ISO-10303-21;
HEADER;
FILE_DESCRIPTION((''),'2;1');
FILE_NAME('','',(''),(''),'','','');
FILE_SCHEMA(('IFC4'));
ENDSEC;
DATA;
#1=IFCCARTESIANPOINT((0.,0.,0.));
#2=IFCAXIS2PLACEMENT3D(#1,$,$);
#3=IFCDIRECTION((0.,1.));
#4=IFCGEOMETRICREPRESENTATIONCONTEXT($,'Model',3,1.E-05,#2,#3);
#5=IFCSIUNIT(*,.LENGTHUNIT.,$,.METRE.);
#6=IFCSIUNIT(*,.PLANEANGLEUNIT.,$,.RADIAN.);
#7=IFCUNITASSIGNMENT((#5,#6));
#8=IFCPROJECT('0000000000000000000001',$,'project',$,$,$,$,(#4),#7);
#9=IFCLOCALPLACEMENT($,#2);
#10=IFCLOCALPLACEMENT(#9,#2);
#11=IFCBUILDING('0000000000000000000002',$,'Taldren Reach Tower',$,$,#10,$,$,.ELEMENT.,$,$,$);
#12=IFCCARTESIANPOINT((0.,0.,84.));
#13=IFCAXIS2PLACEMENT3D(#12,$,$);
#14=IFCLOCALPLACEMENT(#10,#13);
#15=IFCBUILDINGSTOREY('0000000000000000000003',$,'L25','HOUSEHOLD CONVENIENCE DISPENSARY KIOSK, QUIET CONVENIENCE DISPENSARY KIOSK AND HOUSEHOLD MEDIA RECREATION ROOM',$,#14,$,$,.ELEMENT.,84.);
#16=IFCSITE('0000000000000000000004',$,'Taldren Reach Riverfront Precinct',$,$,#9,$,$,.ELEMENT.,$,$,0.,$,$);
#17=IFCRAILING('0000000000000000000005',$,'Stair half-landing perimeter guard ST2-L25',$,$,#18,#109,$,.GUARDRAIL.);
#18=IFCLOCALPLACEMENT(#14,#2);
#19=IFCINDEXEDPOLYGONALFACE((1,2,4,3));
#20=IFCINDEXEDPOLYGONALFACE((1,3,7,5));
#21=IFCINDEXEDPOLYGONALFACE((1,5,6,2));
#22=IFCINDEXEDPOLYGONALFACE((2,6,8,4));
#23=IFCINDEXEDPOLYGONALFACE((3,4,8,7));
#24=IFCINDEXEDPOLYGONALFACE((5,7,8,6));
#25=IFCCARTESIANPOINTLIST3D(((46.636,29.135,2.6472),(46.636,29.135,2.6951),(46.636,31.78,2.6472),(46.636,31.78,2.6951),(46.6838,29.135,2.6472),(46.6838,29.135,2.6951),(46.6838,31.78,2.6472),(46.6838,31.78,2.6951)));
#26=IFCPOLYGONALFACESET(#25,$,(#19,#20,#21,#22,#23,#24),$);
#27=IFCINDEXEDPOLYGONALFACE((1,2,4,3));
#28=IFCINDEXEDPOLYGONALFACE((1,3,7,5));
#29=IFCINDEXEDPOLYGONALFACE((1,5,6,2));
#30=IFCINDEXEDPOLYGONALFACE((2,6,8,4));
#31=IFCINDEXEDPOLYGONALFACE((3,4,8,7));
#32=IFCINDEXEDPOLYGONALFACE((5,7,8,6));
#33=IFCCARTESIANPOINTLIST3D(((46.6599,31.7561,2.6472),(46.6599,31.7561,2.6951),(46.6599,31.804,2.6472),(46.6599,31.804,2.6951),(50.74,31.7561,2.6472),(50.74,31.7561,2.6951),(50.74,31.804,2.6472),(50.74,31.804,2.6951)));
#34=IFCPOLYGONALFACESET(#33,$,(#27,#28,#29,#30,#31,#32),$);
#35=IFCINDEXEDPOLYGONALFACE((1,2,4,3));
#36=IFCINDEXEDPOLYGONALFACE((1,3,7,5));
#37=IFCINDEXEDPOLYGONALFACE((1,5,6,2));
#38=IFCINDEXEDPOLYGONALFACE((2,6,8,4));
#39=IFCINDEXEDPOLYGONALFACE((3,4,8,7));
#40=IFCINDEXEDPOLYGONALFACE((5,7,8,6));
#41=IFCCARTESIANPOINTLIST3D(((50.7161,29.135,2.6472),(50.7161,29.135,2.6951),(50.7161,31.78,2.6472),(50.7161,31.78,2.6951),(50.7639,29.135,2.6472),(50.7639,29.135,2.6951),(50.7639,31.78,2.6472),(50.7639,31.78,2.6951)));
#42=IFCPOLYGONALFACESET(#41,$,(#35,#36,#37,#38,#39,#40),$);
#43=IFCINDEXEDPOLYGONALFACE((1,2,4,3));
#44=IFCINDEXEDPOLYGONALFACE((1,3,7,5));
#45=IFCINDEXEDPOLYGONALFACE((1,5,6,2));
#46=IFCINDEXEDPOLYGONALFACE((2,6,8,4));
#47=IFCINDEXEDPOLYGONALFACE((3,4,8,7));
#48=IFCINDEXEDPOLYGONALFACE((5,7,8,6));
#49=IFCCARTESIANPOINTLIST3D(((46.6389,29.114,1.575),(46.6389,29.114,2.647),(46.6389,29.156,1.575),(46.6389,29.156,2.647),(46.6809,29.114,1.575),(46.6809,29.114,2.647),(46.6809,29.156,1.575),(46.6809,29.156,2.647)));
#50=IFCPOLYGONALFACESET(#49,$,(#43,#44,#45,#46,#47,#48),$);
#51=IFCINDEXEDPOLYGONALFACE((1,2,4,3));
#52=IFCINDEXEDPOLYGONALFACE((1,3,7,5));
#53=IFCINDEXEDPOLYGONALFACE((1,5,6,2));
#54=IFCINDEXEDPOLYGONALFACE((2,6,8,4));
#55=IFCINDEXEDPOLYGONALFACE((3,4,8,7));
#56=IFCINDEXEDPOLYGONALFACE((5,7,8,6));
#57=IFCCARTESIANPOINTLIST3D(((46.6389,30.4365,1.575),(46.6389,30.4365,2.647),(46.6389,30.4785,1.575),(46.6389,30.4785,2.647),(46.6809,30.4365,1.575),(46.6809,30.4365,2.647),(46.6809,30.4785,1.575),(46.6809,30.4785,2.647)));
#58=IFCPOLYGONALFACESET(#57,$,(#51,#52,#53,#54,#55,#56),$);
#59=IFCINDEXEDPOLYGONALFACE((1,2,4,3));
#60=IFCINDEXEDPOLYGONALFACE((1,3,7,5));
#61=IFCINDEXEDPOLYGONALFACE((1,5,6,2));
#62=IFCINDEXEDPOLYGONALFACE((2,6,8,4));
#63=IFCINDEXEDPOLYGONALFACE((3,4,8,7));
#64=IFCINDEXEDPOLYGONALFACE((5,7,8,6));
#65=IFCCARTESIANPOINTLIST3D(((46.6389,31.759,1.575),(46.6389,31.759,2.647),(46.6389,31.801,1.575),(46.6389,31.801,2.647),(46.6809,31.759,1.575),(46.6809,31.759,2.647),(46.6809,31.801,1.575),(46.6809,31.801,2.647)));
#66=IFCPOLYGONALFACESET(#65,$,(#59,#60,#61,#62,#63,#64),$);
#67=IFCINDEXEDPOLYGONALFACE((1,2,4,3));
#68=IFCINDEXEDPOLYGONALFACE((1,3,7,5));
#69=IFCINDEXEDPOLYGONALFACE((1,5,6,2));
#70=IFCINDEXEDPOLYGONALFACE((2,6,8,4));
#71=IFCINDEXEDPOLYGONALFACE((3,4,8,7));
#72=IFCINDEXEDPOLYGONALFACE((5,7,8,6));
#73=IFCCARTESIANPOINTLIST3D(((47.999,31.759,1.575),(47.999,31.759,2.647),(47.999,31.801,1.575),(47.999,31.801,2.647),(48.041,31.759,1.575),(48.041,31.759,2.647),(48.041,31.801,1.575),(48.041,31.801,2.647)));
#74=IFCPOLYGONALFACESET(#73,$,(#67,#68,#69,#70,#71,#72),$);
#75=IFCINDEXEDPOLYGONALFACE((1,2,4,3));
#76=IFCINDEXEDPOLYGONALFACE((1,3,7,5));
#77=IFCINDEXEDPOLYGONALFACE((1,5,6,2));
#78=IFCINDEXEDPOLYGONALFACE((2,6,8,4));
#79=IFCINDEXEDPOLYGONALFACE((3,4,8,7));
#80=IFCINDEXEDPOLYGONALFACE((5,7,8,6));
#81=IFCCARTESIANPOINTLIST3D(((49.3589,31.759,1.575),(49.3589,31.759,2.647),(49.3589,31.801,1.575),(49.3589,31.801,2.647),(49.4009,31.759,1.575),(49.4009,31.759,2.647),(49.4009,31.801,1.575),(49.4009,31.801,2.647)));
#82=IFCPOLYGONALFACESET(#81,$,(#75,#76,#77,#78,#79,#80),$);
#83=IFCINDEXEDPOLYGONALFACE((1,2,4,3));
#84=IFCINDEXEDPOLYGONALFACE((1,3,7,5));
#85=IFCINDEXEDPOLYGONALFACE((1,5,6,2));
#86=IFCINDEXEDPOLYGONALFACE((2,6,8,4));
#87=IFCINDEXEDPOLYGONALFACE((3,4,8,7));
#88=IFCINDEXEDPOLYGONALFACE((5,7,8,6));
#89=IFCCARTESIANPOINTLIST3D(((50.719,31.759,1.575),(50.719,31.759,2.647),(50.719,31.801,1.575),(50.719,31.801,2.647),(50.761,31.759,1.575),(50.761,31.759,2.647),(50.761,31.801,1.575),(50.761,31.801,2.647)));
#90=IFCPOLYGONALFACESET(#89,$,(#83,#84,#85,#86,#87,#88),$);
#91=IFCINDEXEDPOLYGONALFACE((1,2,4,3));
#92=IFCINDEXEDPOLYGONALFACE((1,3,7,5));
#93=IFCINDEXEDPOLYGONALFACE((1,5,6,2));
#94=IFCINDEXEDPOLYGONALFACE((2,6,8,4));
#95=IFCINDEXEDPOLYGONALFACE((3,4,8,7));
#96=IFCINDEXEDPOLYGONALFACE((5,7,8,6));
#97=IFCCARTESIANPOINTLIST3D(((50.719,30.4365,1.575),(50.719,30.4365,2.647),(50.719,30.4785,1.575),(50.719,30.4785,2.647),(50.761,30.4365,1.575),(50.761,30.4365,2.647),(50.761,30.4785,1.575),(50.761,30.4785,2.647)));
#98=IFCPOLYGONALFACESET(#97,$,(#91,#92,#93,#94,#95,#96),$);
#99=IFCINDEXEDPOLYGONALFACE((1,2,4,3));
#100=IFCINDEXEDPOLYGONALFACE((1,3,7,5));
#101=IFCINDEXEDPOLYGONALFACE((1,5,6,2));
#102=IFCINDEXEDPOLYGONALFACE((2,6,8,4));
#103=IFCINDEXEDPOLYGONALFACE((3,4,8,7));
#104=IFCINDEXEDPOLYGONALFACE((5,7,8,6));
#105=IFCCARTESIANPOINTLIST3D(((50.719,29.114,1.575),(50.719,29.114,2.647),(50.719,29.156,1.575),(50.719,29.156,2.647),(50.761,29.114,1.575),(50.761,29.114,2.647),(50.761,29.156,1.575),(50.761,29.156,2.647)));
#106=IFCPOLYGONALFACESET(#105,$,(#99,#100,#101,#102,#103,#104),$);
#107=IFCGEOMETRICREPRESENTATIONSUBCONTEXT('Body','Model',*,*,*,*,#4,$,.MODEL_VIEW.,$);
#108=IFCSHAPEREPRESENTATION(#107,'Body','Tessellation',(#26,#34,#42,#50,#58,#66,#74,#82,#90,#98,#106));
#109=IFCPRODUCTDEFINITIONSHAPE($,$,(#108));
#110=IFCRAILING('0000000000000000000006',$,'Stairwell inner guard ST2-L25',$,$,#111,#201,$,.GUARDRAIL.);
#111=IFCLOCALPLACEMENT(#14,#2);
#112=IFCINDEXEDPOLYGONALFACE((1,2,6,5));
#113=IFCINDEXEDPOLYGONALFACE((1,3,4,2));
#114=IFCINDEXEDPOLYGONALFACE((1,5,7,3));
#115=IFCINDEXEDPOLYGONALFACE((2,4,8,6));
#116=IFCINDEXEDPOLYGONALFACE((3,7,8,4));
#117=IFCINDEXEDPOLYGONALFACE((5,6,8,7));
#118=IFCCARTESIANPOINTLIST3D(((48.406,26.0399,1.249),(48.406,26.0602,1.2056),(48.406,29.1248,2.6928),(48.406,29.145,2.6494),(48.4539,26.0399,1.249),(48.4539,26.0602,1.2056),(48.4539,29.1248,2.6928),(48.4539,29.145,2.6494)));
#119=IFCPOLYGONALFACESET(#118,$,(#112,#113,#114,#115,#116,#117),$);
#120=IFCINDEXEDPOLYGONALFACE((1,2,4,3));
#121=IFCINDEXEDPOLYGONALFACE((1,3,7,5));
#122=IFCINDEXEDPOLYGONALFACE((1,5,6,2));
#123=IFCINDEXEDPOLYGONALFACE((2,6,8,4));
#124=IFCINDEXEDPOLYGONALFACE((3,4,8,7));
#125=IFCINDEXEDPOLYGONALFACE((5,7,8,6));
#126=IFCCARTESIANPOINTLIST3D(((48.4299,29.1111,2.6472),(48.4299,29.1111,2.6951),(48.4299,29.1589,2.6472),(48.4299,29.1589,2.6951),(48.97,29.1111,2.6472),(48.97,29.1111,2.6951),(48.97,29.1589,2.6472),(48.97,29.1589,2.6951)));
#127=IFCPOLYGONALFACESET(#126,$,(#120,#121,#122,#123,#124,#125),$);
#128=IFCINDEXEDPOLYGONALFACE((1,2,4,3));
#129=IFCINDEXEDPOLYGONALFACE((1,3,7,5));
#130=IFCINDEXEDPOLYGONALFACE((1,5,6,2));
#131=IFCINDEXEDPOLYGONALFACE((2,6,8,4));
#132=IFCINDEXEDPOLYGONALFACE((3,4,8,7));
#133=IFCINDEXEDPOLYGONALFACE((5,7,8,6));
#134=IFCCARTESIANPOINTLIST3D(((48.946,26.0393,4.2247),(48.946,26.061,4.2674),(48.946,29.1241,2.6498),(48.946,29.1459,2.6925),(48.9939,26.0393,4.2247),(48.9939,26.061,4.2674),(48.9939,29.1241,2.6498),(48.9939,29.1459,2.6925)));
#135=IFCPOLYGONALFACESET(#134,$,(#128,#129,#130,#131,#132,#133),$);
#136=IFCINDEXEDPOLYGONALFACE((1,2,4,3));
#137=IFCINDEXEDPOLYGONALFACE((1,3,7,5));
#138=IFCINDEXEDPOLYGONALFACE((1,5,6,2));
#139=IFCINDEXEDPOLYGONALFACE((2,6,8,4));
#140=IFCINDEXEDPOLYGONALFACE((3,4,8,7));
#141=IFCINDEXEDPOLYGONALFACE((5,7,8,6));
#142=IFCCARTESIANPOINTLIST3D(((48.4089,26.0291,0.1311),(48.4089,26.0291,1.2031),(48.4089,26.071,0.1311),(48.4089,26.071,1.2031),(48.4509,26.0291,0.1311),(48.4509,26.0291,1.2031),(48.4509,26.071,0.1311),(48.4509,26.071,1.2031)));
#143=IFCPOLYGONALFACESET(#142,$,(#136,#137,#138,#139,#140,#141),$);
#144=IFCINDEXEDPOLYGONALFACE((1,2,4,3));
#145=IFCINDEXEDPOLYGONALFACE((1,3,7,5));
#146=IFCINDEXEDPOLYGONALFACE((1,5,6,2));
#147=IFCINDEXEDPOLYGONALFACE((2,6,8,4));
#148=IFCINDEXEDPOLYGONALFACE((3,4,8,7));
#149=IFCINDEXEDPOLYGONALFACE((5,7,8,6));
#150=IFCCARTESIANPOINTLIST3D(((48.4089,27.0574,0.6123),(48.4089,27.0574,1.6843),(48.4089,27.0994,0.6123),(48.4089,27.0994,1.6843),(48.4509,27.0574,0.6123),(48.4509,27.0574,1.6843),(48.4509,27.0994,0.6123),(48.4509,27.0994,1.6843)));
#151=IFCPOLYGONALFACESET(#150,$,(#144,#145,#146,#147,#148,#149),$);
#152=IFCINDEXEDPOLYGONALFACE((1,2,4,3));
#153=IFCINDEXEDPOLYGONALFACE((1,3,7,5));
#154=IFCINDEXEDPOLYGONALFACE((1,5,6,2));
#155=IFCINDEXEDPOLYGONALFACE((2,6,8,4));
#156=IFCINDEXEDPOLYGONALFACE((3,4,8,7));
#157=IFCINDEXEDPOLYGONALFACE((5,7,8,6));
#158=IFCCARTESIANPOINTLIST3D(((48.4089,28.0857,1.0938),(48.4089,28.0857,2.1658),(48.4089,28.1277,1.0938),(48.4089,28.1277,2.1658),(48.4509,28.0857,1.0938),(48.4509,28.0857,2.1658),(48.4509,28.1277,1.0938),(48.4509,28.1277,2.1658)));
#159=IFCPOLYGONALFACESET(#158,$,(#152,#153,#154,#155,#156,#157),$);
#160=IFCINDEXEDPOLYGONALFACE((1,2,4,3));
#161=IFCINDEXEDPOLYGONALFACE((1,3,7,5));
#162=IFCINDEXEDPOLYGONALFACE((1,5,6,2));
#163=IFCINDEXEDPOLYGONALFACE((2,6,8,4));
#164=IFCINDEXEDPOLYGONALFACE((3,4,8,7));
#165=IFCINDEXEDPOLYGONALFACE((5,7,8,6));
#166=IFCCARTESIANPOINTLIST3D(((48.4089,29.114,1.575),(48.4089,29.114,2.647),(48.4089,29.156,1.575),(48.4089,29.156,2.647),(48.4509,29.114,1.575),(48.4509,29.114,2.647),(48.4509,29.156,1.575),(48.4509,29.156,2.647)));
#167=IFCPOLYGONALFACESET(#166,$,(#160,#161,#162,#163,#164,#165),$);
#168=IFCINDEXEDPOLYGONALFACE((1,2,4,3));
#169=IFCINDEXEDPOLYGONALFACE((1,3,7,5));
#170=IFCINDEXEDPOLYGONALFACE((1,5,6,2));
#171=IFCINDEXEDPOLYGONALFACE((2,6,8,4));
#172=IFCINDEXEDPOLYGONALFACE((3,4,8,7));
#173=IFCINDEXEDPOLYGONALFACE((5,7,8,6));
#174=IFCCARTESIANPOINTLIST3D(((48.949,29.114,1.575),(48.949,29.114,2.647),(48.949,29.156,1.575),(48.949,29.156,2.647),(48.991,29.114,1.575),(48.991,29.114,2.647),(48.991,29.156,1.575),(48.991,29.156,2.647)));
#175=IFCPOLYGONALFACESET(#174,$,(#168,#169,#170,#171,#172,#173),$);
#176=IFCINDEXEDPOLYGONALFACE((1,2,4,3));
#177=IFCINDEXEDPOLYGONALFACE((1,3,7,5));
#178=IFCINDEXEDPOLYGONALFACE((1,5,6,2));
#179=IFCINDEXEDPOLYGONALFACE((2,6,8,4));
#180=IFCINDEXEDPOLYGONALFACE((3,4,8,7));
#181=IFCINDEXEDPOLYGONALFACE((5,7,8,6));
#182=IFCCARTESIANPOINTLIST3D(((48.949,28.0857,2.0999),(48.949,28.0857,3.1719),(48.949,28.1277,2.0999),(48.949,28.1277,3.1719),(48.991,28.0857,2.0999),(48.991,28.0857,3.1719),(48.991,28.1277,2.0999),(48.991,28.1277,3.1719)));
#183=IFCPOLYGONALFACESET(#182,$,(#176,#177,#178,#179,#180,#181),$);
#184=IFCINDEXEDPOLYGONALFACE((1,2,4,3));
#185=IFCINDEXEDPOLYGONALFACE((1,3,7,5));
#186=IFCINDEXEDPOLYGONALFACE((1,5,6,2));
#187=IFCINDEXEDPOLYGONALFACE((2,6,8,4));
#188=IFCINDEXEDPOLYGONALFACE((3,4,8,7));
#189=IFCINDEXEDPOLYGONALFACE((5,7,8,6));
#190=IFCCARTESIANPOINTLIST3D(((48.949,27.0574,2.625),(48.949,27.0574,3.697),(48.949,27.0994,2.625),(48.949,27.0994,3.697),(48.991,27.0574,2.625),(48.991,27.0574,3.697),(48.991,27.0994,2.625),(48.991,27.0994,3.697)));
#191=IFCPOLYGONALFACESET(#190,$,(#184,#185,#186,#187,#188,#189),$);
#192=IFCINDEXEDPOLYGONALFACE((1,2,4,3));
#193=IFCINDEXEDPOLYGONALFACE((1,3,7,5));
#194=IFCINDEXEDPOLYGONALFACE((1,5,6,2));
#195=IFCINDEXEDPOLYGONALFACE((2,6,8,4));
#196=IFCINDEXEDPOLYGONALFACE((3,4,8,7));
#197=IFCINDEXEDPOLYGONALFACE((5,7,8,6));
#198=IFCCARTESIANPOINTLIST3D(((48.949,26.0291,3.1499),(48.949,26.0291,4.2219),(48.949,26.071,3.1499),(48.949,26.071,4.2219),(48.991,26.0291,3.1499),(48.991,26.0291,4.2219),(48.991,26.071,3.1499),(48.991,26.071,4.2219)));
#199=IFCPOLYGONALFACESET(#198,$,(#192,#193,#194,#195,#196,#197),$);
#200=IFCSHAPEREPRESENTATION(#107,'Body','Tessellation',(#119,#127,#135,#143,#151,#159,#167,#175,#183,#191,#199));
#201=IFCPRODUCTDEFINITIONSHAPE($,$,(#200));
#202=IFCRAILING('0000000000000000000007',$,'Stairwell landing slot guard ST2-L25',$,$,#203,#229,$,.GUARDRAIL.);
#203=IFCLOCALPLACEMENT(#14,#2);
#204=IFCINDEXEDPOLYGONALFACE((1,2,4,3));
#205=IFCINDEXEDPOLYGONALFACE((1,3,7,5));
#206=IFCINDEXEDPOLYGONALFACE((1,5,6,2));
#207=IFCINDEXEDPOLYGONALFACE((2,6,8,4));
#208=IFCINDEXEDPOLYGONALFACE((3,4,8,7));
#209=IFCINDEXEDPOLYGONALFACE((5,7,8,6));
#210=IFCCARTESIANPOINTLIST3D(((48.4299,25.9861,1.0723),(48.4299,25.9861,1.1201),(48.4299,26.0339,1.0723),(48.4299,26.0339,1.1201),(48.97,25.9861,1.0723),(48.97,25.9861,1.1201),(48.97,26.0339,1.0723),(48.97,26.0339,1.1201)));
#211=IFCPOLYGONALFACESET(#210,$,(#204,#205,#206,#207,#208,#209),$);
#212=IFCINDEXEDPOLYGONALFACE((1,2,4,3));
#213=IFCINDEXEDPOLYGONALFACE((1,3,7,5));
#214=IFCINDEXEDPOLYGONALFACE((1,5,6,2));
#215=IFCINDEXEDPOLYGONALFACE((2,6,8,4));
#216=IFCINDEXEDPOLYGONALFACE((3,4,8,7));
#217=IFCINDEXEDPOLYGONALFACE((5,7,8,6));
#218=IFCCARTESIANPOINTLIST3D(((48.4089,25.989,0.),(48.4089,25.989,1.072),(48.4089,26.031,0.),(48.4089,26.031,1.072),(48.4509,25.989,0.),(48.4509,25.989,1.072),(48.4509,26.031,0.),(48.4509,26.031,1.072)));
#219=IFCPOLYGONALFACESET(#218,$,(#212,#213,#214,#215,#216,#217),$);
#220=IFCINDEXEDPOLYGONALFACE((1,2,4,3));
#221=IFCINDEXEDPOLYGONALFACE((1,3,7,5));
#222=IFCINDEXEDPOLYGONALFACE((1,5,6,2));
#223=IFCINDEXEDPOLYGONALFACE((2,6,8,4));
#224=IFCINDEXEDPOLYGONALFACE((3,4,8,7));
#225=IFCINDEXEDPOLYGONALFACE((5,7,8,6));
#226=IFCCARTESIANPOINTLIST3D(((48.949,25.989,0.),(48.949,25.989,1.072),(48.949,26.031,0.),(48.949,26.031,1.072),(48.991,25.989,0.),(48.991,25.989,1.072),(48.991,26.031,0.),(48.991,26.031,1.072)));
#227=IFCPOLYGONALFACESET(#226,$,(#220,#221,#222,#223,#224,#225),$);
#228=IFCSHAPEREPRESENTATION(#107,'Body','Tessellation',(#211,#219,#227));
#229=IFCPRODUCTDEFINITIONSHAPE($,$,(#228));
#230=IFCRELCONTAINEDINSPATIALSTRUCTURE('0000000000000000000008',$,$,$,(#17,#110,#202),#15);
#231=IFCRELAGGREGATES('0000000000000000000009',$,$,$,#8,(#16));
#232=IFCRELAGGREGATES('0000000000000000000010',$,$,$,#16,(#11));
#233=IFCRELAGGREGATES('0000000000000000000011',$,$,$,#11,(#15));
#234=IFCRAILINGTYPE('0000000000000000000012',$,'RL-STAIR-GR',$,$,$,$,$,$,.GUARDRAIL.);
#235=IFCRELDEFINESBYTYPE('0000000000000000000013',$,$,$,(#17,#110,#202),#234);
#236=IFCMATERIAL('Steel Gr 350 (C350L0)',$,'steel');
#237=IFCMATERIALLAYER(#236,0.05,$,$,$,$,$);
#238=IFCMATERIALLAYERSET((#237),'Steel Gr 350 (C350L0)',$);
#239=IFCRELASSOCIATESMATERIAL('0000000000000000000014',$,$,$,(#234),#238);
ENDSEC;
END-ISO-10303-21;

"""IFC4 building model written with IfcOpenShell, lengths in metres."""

from ifc_helpers import new_model, si_unit, direction, frame, origin, origin_2d, place, context, subcontext, project, spatial, rectangle, extrude, material, layer, layer_set, type_object, element, save


model = new_model("IFC4")

# Units and contexts
model_context = context("Model", 3, precision=1e-05, world=origin(), true_north=direction((0.0, 1.0)))
body_context = subcontext(model_context, "Body", "Model", "MODEL_VIEW")
ifc_project = project(units=[si_unit("LENGTHUNIT", "METRE"), si_unit("PLANEANGLEUNIT", "RADIAN")], contexts=[model_context])

# Site, building, storey
site_placement = place(None, origin())
site = spatial("IfcSite", under=ifc_project, at=site_placement, Name="Taldren Reach Riverfront Precinct", CompositionType="ELEMENT", RefElevation=0.0)
building_placement = place(site_placement, origin())
building = spatial("IfcBuilding", under=site, at=building_placement, Name="Taldren Reach Tower", CompositionType="ELEMENT")
storey_placement = place(building_placement, frame((0.0, 0.0, 84.0)))
storey = spatial("IfcBuildingStorey", under=building, at=storey_placement, Name="L25", Description="HOUSEHOLD CONVENIENCE DISPENSARY KIOSK, QUIET CONVENIENCE DISPENSARY KIOSK AND HOUSEHOLD MEDIA RECREATION ROOM", CompositionType="ELEMENT", Elevation=84.0)

# Shared definitions
ifc_material_1 = material(Name="Steel Gr 350 (C350L0)", Category="steel")

# Railings
ifc_layer_1 = layer(ifc_material_1, 0.05)
ifc_layer_set_1 = layer_set([ifc_layer_1], Name="Steel Gr 350 (C350L0)")
railing_type_1 = type_object("IfcRailingType", Name="RL-STAIR-GR", PredefinedType="GUARDRAIL", material=ifc_layer_set_1)
railing_1_placement = place(storey_placement, frame((46.6599, 29.135, 1.575)))
element("IfcRailing", 1, at=railing_1_placement, inside=storey, type_object=railing_type_1, Name="Stair half-landing perimeter guard ST2-L25", PredefinedType="GUARDRAIL", context=body_context, shape_type="SweptSolid", body=[
    extrude(rectangle(XDim=0.0479, YDim=0.0479, at=origin_2d()), frame((0.0, 0.0, 1.0962), z_axis=(0.0, 1.0, 0.0), x_axis=(-1.0, 0.0, 0.0)), (0.0, 0.0, 1.0), 2.645),
    extrude(rectangle(XDim=0.0479, YDim=0.0479, at=origin_2d()), frame((0.0, 2.645, 1.0962), z_axis=(1.0, 0.0, 0.0), x_axis=(0.0, 1.0, 0.0)), (0.0, 0.0, 1.0), 4.0801),
    extrude(rectangle(XDim=0.0479, YDim=0.0479, at=origin_2d()), frame((4.0801, 2.645, 1.0962), z_axis=(0.0, -1.0, 0.0), x_axis=(1.0, 0.0, 0.0)), (0.0, 0.0, 1.0), 2.645),
    extrude(rectangle(XDim=0.042, YDim=0.042, at=origin_2d()), origin(), (0.0, 0.0, 1.0), 1.072),
    extrude(rectangle(XDim=0.042, YDim=0.042, at=origin_2d()), frame((0.0, 1.3225, 0.0)), (0.0, 0.0, 1.0), 1.072),
    extrude(rectangle(XDim=0.042, YDim=0.042, at=origin_2d()), frame((0.0, 2.645, 0.0)), (0.0, 0.0, 1.0), 1.072),
    extrude(rectangle(XDim=0.042, YDim=0.042, at=origin_2d()), frame((1.3601, 2.645, 0.0)), (0.0, 0.0, 1.0), 1.072),
    extrude(rectangle(XDim=0.042, YDim=0.042, at=origin_2d()), frame((2.72, 2.645, 0.0)), (0.0, 0.0, 1.0), 1.072),
    extrude(rectangle(XDim=0.042, YDim=0.042, at=origin_2d()), frame((4.0801, 2.645, 0.0)), (0.0, 0.0, 1.0), 1.072),
    extrude(rectangle(XDim=0.042, YDim=0.042, at=origin_2d()), frame((4.0801, 1.3225, 0.0)), (0.0, 0.0, 1.0), 1.072),
    extrude(rectangle(XDim=0.042, YDim=0.042, at=origin_2d()), frame((4.0801, 0.0, 0.0)), (0.0, 0.0, 1.0), 1.072),
])
railing_2_placement = place(storey_placement, frame((48.4299, 26.05, 0.1311)))
element("IfcRailing", 2, at=railing_2_placement, inside=storey, type_object=railing_type_1, Name="Stairwell inner guard ST2-L25", PredefinedType="GUARDRAIL", context=body_context, shape_type="SweptSolid", body=[
    extrude(rectangle(XDim=0.0479, YDim=0.0479, at=origin_2d()), frame((0.0, 0.0, 1.0962), z_axis=(0.0, 0.90571, 0.423898), x_axis=(-1.0, 0.0, 0.0)), (0.0, 0.0, 1.0), 3.406),
    extrude(rectangle(XDim=0.0479, YDim=0.0479, at=origin_2d()), frame((0.0, 3.085, 2.54), z_axis=(1.0, 0.0, 0.0), x_axis=(0.0, 1.0, 0.0)), (0.0, 0.0, 1.0), 0.54),
    extrude(rectangle(XDim=0.0479, YDim=0.0479, at=origin_2d()), frame((0.54, 3.085, 2.54), z_axis=(0.0, -0.890646, 0.454697), x_axis=(1.0, 0.0, 0.0)), (0.0, 0.0, 1.0), 3.4636),
    extrude(rectangle(XDim=0.042, YDim=0.042, at=origin_2d()), origin(), (0.0, 0.0, 1.0), 1.072),
    extrude(rectangle(XDim=0.042, YDim=0.042, at=origin_2d()), frame((0.0, 1.0283, 0.4812)), (0.0, 0.0, 1.0), 1.072),
    extrude(rectangle(XDim=0.042, YDim=0.042, at=origin_2d()), frame((0.0, 2.0566, 0.9626)), (0.0, 0.0, 1.0), 1.072),
    extrude(rectangle(XDim=0.042, YDim=0.042, at=origin_2d()), frame((0.0, 3.085, 1.4438)), (0.0, 0.0, 1.0), 1.072),
    extrude(rectangle(XDim=0.042, YDim=0.042, at=origin_2d()), frame((0.54, 3.085, 1.4438)), (0.0, 0.0, 1.0), 1.072),
    extrude(rectangle(XDim=0.042, YDim=0.042, at=origin_2d()), frame((0.54, 2.0566, 1.9688)), (0.0, 0.0, 1.0), 1.072),
    extrude(rectangle(XDim=0.042, YDim=0.042, at=origin_2d()), frame((0.54, 1.0283, 2.4939)), (0.0, 0.0, 1.0), 1.072),
    extrude(rectangle(XDim=0.042, YDim=0.042, at=origin_2d()), frame((0.54, 0.0, 3.0188)), (0.0, 0.0, 1.0), 1.072),
])
railing_3_placement = place(storey_placement, frame((48.4299, 26.01, 0.0)))
element("IfcRailing", 3, at=railing_3_placement, inside=storey, type_object=railing_type_1, Name="Stairwell landing slot guard ST2-L25", PredefinedType="GUARDRAIL", context=body_context, shape_type="SweptSolid", body=[
    extrude(rectangle(XDim=0.0479, YDim=0.0479, at=origin_2d()), frame((0.0, 0.0, 1.0962), z_axis=(1.0, 0.0, 0.0), x_axis=(0.0, 1.0, 0.0)), (0.0, 0.0, 1.0), 0.54),
    extrude(rectangle(XDim=0.042, YDim=0.042, at=origin_2d()), origin(), (0.0, 0.0, 1.0), 1.072),
    extrude(rectangle(XDim=0.042, YDim=0.042, at=origin_2d()), frame((0.54, 0.0, 0.0)), (0.0, 0.0, 1.0), 1.072),
])

save(model, "model.ifc")
